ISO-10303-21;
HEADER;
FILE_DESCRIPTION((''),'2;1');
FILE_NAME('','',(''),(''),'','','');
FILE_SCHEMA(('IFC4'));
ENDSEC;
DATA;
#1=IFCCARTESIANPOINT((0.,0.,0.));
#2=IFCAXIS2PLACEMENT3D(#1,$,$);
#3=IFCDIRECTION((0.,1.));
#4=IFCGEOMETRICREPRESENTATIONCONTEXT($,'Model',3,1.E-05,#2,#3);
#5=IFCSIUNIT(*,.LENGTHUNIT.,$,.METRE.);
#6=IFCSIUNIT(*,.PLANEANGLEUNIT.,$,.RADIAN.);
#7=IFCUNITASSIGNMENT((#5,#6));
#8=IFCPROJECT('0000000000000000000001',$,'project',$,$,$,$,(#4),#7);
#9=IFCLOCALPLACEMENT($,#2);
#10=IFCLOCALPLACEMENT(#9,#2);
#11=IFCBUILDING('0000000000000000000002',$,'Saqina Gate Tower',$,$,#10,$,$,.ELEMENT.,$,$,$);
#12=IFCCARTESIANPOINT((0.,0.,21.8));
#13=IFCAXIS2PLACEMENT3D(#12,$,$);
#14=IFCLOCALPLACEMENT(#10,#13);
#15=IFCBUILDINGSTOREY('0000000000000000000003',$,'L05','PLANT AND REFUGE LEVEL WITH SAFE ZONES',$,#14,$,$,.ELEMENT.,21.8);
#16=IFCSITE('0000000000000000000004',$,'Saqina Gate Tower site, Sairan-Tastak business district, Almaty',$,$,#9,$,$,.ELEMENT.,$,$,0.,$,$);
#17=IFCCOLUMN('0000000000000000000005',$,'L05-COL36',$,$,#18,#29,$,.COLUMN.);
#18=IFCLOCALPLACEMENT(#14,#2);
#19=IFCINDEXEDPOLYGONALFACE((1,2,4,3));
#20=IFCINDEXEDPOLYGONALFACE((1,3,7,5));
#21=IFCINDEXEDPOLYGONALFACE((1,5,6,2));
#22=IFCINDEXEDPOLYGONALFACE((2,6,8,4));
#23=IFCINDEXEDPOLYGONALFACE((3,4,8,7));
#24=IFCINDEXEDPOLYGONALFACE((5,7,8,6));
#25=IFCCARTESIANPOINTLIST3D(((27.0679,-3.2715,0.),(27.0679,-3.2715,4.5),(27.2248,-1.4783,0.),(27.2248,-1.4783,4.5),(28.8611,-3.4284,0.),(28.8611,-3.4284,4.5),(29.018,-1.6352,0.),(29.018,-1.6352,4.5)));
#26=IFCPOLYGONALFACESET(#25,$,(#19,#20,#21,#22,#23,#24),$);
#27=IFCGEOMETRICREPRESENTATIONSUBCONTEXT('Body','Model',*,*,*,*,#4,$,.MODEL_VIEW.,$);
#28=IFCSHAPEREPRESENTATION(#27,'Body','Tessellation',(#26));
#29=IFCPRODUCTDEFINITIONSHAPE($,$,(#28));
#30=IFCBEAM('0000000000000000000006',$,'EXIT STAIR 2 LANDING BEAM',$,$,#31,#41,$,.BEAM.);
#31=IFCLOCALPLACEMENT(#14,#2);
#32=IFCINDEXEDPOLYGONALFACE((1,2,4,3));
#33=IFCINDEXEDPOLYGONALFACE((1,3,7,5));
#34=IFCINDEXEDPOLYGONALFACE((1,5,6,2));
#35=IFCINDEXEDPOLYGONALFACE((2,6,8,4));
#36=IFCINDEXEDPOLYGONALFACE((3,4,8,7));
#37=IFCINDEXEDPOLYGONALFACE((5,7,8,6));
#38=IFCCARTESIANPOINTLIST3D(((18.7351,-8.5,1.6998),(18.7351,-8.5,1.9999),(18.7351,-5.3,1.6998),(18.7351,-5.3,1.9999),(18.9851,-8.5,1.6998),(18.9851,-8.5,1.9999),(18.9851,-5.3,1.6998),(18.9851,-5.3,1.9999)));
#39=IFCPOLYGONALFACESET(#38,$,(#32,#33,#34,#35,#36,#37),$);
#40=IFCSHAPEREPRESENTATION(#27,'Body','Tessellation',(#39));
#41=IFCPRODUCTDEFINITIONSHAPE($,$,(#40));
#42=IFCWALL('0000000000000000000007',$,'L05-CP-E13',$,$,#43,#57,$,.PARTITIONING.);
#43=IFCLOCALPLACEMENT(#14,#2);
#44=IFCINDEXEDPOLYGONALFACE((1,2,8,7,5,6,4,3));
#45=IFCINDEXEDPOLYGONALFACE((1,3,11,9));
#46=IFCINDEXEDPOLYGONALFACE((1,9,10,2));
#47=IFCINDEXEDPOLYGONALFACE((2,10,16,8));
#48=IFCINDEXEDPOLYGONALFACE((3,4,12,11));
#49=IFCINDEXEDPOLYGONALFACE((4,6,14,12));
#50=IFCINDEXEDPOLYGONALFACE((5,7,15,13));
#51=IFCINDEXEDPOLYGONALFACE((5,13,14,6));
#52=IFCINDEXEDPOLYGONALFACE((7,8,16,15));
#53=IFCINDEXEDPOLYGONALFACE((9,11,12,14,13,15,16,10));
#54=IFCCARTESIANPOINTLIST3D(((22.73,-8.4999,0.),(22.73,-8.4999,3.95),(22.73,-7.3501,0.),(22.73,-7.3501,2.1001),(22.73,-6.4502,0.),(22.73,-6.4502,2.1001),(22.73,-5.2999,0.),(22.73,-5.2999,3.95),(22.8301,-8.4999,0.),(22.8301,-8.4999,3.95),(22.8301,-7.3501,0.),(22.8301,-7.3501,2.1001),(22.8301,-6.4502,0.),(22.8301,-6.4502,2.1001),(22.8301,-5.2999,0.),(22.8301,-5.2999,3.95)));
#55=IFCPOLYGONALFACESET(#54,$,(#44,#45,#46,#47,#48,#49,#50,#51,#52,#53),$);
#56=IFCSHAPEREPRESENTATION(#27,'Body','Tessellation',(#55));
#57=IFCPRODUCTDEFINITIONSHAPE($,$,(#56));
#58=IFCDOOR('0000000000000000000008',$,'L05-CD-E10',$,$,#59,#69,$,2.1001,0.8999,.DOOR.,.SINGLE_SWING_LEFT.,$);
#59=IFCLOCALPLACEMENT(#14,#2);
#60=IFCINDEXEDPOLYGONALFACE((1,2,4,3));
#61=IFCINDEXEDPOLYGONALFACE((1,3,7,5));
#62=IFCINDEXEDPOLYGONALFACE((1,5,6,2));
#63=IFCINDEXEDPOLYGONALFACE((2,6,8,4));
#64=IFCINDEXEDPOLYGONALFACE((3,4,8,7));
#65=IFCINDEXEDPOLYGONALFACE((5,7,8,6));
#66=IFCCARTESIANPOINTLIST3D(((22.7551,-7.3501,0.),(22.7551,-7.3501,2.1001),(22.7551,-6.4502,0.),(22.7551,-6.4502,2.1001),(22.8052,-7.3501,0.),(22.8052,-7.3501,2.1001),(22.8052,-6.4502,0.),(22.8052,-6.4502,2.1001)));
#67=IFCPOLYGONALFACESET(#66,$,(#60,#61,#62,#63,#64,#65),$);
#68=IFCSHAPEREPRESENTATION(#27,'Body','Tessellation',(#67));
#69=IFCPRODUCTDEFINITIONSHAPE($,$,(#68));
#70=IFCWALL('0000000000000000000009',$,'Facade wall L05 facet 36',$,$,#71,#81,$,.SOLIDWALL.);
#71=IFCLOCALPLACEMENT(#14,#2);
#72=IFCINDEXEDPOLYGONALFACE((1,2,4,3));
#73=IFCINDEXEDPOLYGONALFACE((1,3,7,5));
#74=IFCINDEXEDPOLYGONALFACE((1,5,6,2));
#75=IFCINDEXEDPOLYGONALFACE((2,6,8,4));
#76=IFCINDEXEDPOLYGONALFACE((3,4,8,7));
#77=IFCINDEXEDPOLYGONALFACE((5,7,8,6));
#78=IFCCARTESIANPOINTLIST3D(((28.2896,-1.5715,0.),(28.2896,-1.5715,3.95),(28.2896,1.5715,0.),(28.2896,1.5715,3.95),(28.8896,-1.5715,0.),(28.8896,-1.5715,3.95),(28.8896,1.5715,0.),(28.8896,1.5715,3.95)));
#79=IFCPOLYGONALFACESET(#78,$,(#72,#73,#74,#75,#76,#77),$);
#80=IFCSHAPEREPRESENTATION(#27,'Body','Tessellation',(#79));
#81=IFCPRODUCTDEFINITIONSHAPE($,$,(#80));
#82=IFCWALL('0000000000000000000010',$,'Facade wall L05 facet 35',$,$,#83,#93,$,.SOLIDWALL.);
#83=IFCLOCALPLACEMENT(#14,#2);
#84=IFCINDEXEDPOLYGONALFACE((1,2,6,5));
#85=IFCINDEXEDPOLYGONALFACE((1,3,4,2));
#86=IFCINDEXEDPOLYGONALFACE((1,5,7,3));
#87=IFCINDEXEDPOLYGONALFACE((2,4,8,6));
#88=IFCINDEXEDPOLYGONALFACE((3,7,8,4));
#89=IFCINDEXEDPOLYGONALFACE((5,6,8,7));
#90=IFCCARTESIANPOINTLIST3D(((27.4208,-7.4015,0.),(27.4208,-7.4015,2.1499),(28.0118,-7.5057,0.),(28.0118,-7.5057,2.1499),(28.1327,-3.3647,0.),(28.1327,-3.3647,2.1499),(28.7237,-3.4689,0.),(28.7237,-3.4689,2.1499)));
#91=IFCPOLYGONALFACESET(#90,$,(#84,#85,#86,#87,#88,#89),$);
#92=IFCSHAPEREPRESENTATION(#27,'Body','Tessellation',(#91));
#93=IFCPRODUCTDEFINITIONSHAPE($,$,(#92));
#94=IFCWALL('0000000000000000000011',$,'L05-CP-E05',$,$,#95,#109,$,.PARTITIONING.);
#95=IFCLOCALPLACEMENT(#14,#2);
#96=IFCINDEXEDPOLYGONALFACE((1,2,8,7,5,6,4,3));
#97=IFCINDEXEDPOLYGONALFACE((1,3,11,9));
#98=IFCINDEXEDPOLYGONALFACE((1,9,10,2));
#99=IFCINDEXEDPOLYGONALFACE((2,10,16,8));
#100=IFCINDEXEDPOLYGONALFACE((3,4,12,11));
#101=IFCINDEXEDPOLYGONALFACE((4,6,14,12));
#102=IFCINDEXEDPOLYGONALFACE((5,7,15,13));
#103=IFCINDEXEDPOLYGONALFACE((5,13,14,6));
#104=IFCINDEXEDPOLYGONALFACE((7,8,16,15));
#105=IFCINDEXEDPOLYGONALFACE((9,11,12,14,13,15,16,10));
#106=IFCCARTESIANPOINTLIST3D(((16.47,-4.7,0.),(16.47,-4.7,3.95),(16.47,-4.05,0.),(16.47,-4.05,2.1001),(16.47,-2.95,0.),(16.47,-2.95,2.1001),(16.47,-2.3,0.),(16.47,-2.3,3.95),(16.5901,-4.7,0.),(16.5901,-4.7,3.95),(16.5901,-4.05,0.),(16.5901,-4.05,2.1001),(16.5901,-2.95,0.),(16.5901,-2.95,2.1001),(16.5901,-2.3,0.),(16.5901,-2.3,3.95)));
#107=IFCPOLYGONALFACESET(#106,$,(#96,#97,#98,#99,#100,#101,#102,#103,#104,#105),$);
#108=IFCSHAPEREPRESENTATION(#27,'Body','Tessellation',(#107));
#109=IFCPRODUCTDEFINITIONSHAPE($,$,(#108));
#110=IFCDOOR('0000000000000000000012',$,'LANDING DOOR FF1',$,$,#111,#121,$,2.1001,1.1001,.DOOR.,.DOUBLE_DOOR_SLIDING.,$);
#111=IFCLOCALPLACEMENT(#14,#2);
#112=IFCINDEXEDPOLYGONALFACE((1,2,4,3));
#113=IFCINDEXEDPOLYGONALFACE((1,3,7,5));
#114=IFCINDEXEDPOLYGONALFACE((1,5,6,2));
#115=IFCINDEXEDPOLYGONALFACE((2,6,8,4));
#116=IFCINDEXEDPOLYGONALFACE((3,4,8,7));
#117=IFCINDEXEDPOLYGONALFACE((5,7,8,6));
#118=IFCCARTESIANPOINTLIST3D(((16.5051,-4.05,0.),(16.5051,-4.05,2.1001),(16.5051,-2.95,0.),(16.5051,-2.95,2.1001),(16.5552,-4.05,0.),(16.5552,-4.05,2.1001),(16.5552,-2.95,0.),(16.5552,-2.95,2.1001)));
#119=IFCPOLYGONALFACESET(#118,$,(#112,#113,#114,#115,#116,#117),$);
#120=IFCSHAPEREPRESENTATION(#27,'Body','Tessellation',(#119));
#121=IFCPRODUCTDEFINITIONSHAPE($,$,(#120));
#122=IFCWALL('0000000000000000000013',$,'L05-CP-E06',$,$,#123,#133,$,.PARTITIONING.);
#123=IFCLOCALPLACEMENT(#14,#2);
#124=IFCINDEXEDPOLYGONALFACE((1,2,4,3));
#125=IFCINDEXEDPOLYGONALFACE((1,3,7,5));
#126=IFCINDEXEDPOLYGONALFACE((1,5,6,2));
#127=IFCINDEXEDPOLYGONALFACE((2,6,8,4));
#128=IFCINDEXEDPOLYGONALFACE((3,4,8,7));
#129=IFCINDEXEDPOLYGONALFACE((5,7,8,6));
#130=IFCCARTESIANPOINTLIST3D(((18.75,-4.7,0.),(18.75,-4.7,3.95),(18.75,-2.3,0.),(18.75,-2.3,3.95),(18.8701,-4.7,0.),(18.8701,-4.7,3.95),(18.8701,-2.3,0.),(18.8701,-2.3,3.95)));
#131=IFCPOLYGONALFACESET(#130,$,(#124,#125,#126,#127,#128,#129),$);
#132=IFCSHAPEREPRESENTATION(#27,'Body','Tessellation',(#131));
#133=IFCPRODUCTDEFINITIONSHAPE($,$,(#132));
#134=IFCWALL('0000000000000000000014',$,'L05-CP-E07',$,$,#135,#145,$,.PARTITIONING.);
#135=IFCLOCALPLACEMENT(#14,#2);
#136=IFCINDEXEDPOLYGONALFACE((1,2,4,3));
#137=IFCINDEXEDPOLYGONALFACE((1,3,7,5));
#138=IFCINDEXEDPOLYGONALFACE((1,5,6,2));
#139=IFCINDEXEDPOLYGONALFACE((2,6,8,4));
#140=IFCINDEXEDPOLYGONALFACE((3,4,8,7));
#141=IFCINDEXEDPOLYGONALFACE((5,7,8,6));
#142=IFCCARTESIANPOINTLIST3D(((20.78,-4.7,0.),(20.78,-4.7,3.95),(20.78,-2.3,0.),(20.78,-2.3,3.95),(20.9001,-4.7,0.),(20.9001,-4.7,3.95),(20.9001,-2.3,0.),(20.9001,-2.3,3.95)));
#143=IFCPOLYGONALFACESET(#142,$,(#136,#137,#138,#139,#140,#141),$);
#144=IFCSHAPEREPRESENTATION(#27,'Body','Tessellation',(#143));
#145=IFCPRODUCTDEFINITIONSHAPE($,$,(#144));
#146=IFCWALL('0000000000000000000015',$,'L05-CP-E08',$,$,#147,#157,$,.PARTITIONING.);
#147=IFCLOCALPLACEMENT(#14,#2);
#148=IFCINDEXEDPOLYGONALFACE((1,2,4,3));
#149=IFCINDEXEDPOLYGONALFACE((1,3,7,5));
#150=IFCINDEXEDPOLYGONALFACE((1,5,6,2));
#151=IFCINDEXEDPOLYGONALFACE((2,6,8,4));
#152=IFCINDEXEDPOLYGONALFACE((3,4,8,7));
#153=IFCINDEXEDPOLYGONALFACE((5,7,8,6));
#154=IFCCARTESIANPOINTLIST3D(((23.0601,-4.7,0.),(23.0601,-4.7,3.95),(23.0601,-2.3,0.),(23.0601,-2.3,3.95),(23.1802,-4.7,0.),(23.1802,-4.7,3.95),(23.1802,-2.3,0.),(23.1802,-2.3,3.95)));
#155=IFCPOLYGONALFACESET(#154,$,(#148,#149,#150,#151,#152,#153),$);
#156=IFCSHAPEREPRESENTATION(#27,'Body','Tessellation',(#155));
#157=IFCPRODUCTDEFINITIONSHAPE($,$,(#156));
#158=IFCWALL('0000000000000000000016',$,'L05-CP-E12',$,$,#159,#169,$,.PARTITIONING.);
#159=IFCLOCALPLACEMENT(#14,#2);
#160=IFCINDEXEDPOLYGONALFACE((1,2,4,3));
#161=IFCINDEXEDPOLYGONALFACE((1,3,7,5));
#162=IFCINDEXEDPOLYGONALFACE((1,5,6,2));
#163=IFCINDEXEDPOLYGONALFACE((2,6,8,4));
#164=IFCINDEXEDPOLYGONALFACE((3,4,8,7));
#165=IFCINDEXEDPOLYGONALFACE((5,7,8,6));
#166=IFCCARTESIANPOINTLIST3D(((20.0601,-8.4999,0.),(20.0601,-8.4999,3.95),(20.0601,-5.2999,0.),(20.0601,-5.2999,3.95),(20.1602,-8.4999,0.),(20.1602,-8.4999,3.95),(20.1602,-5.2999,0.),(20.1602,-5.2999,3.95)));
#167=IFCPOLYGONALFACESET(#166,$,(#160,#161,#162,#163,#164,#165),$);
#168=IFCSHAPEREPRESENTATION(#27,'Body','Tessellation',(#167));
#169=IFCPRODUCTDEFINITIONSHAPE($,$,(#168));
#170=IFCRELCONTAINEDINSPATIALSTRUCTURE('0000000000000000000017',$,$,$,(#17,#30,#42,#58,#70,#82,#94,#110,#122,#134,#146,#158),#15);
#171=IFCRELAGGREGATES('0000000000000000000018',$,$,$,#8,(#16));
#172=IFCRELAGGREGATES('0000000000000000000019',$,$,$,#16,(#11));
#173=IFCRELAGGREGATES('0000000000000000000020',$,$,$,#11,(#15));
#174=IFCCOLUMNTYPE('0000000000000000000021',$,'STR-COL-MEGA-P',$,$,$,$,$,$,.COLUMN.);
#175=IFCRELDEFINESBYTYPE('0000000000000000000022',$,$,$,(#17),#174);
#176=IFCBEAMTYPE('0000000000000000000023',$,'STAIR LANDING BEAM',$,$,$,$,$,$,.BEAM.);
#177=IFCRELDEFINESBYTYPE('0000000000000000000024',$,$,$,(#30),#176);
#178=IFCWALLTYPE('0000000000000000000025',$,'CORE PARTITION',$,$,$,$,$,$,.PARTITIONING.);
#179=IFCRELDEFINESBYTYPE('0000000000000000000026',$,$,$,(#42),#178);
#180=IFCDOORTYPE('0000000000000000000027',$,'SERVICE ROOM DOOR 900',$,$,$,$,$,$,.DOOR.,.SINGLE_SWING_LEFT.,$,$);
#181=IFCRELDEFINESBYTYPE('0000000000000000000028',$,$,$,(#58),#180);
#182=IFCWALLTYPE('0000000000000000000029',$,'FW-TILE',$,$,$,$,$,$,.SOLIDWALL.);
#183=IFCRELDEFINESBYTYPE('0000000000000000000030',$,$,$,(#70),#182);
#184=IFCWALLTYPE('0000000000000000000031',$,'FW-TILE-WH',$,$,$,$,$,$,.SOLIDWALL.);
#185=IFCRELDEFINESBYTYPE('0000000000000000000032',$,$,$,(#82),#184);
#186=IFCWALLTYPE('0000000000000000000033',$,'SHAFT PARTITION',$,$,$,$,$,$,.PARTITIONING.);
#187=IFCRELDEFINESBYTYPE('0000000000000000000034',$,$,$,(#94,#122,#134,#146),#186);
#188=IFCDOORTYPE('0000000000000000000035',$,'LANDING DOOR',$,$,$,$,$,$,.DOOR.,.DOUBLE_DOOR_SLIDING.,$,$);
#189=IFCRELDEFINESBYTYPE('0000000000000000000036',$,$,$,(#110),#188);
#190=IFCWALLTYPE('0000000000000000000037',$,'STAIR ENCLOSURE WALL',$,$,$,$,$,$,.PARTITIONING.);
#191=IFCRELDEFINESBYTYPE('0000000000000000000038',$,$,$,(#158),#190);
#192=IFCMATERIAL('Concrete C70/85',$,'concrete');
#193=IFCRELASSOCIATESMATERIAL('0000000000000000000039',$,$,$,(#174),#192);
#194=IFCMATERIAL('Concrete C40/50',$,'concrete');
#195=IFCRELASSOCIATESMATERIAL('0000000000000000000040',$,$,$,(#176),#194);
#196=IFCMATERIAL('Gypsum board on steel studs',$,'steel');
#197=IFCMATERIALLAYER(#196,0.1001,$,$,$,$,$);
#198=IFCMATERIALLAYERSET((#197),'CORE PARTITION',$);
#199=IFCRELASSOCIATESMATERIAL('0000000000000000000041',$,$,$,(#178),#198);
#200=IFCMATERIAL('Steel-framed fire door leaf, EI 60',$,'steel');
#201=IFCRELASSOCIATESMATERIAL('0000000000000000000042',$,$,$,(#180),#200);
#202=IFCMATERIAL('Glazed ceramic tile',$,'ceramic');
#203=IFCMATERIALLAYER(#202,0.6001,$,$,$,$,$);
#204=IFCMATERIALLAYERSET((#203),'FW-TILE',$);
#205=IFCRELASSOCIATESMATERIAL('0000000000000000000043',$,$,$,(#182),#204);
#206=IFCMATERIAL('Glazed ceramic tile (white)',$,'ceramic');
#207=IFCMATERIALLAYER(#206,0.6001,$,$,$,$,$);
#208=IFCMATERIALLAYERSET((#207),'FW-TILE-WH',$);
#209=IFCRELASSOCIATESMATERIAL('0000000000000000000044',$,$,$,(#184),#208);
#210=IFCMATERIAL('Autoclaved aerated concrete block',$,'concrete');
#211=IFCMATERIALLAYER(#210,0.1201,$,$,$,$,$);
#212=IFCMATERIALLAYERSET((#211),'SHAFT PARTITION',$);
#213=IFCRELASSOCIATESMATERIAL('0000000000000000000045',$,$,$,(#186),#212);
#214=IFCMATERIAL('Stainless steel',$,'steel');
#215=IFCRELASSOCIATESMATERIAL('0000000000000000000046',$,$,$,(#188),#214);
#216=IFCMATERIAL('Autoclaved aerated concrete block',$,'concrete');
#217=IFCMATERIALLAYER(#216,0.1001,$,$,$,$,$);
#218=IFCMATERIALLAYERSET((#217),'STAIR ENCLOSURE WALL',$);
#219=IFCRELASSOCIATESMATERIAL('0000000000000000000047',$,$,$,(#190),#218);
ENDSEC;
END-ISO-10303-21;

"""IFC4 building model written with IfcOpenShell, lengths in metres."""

from ifc_helpers import new_model, si_unit, direction, frame, frame_2d, origin, origin_2d, place, context, subcontext, project, spatial, rectangle, extrude, material, layer, layer_set, material_profile, profile_set, type_object, element, fill, save


model = new_model("IFC4")

# Units and contexts
model_context = context("Model", 3, precision=1e-05, world=origin(), true_north=direction((0.0, 1.0)))
body_context = subcontext(model_context, "Body", "Model", "MODEL_VIEW")
ifc_project = project(units=[si_unit("LENGTHUNIT", "METRE"), si_unit("PLANEANGLEUNIT", "RADIAN")], contexts=[model_context])

# Site, building, storey
site_placement = place(None, origin())
site = spatial("IfcSite", under=ifc_project, at=site_placement, Name="Saqina Gate Tower site, Sairan-Tastak business district, Almaty", CompositionType="ELEMENT", RefElevation=0.0)
building_placement = place(site_placement, origin())
building = spatial("IfcBuilding", under=site, at=building_placement, Name="Saqina Gate Tower", CompositionType="ELEMENT")
storey_placement = place(building_placement, frame((0.0, 0.0, 21.8)))
storey = spatial("IfcBuildingStorey", under=building, at=storey_placement, Name="L05", Description="PLANT AND REFUGE LEVEL WITH SAFE ZONES", CompositionType="ELEMENT", Elevation=21.8)

# Column
ifc_material_1 = material(Name="Concrete C70/85", Category="concrete")
ifc_material_profile_1 = material_profile(ifc_material_1, rectangle(XDim=1.8, YDim=1.8, at=origin_2d()), Name="RC 1800x1800")
ifc_profile_set_1 = profile_set([ifc_material_profile_1], Name="Concrete C70/85")
column_type = type_object("IfcColumnType", Name="STR-COL-MEGA-P", PredefinedType="COLUMN", material=ifc_profile_set_1)
column_placement = place(storey_placement, frame((28.043, -2.4534, 0.0), z_axis=(0.0, 0.0, 1.0), x_axis=(0.996195, -0.087156, 0.0)))
element("IfcColumn", 1, at=column_placement, inside=storey, type_object=column_type, Name="L05-COL36", PredefinedType="COLUMN", context=body_context, shape_type="SweptSolid", body=[
    extrude(rectangle(XDim=1.8, YDim=1.8, at=origin_2d()), origin(), (0.0, 0.0, 1.0), 4.5),
])

# Beam
ifc_material_2 = material(Name="Concrete C40/50", Category="concrete")
ifc_material_profile_2 = material_profile(ifc_material_2, rectangle(XDim=0.25, YDim=0.3, at=origin_2d()), Name="STAIR LANDING BEAM")
ifc_profile_set_2 = profile_set([ifc_material_profile_2], Name="Concrete C40/50")
beam_type = type_object("IfcBeamType", Name="STAIR LANDING BEAM", PredefinedType="BEAM", material=ifc_profile_set_2)
beam_placement = place(storey_placement, frame((18.8601, -8.5, 1.8499), z_axis=(0.0, 1.0, 0.0), x_axis=(-1.0, 0.0, 0.0)))
element("IfcBeam", 2, at=beam_placement, inside=storey, type_object=beam_type, Name="EXIT STAIR 2 LANDING BEAM", PredefinedType="BEAM", context=body_context, shape_type="SweptSolid", body=[
    extrude(rectangle(XDim=0.25, YDim=0.3, at=origin_2d()), origin(), (0.0, 0.0, 1.0), 3.2),
])

# Wall, opening, door
ifc_material_3 = material(Name="Gypsum board on steel studs", Category="steel")
ifc_layer_1 = layer(ifc_material_3, 0.1001)
ifc_layer_set_1 = layer_set([ifc_layer_1], Name="CORE PARTITION")
wall_type_1 = type_object("IfcWallType", Name="CORE PARTITION", PredefinedType="PARTITIONING", material=ifc_layer_set_1)
wall_1_placement = place(storey_placement, frame((22.78, -8.5, 0.0), z_axis=(0.0, 0.0, 1.0), x_axis=(0.0, 1.0, 0.0)))
wall_1 = element("IfcWall", 3, at=wall_1_placement, inside=storey, type_object=wall_type_1, Name="L05-CP-E13", PredefinedType="PARTITIONING", context=body_context, shape_type="SweptSolid", body=[
    extrude(rectangle(XDim=3.2, YDim=0.1001, at=frame_2d((1.6001, 0.0))), origin(), (0.0, 0.0, 1.0), 3.95),
])
opening_1_placement = place(wall_1_placement, frame((1.1499, 0.0, 0.0)))
opening_1 = element("IfcOpeningElement", 4, at=opening_1_placement, cuts=wall_1, PredefinedType="OPENING", context=body_context, shape_type="SweptSolid", body=[
    extrude(rectangle(XDim=0.8999, YDim=2.1001, at=frame_2d((0.45, 1.05))), frame((0.0, 0.062, 0.0), z_axis=(0.0, -1.0, 0.0), x_axis=(1.0, 0.0, 0.0)), (0.0, 0.0, 1.0), 0.124),
])
ifc_material_4 = material(Name="Steel-framed fire door leaf, EI 60", Category="steel")
door_type_1 = type_object("IfcDoorType", Name="SERVICE ROOM DOOR 900", OperationType="SINGLE_SWING_LEFT", PredefinedType="DOOR", material=ifc_material_4)
door_1_placement = place(opening_1_placement, origin())
door_1 = element("IfcDoor", 5, at=door_1_placement, inside=storey, type_object=door_type_1, Name="L05-CD-E10", OperationType="SINGLE_SWING_LEFT", OverallHeight=2.1001, OverallWidth=0.8999, PredefinedType="DOOR", context=body_context, shape_type="SweptSolid", body=[
    extrude(rectangle(XDim=0.8999, YDim=2.1001, at=frame_2d((0.45, 1.05))), frame((0.0, 0.0249, 0.0), z_axis=(0.0, -1.0, 0.0), x_axis=(1.0, 0.0, 0.0)), (0.0, 0.0, 1.0), 0.05),
])
fill(opening_1, door_1)

# Walls
ifc_material_5 = material(Name="Glazed ceramic tile", Category="ceramic")
ifc_layer_2 = layer(ifc_material_5, 0.6001)
ifc_layer_set_2 = layer_set([ifc_layer_2], Name="FW-TILE")
wall_type_2 = type_object("IfcWallType", Name="FW-TILE", PredefinedType="SOLIDWALL", material=ifc_layer_set_2)
wall_2_placement = place(storey_placement, frame((28.5896, -1.5715, 0.0), z_axis=(0.0, 0.0, 1.0), x_axis=(0.0, 1.0, 0.0)))
element("IfcWall", 6, at=wall_2_placement, inside=storey, type_object=wall_type_2, Name="Facade wall L05 facet 36", PredefinedType="SOLIDWALL", context=body_context, shape_type="SweptSolid", body=[
    extrude(rectangle(XDim=3.1431, YDim=0.6001, at=frame_2d((1.5715, 0.0))), origin(), (0.0, 0.0, 1.0), 3.95),
])
ifc_material_6 = material(Name="Glazed ceramic tile (white)", Category="ceramic")
ifc_layer_3 = layer(ifc_material_6, 0.6001)
ifc_layer_set_3 = layer_set([ifc_layer_3], Name="FW-TILE-WH")
wall_type_3 = type_object("IfcWallType", Name="FW-TILE-WH", PredefinedType="SOLIDWALL", material=ifc_layer_set_3)
wall_3_placement = place(storey_placement, frame((27.7163, -7.4536, 0.0), z_axis=(0.0, 0.0, 1.0), x_axis=(0.173673, 0.984803, 0.0)))
element("IfcWall", 7, at=wall_3_placement, inside=storey, type_object=wall_type_3, Name="Facade wall L05 facet 35", PredefinedType="SOLIDWALL", context=body_context, shape_type="SweptSolid", body=[
    extrude(rectangle(XDim=4.0991, YDim=0.6001, at=frame_2d((2.0496, 0.0))), origin(), (0.0, 0.0, 1.0), 2.1499),
])

# Wall, opening, door
ifc_material_7 = material(Name="Autoclaved aerated concrete block", Category="concrete")
ifc_layer_4 = layer(ifc_material_7, 0.1201)
ifc_layer_set_4 = layer_set([ifc_layer_4], Name="SHAFT PARTITION")
wall_type_4 = type_object("IfcWallType", Name="SHAFT PARTITION", PredefinedType="PARTITIONING", material=ifc_layer_set_4)
wall_4_placement = place(storey_placement, frame((16.53, -4.7, 0.0), z_axis=(0.0, 0.0, 1.0), x_axis=(0.0, 1.0, 0.0)))
wall_4 = element("IfcWall", 8, at=wall_4_placement, inside=storey, type_object=wall_type_4, Name="L05-CP-E05", PredefinedType="PARTITIONING", context=body_context, shape_type="SweptSolid", body=[
    extrude(rectangle(XDim=2.3999, YDim=0.1201, at=frame_2d((1.2, 0.0))), origin(), (0.0, 0.0, 1.0), 3.95),
])
opening_2_placement = place(wall_4_placement, frame((0.6499, 0.0, 0.0)))
opening_2 = element("IfcOpeningElement", 9, at=opening_2_placement, cuts=wall_4, PredefinedType="OPENING", context=body_context, shape_type="SweptSolid", body=[
    extrude(rectangle(XDim=1.1001, YDim=2.1001, at=frame_2d((0.55, 1.05))), frame((0.0, 0.072, 0.0), z_axis=(0.0, -1.0, 0.0), x_axis=(1.0, 0.0, 0.0)), (0.0, 0.0, 1.0), 0.144),
])
ifc_material_8 = material(Name="Stainless steel", Category="steel")
door_type_2 = type_object("IfcDoorType", Name="LANDING DOOR", OperationType="DOUBLE_DOOR_SLIDING", PredefinedType="DOOR", material=ifc_material_8)
door_2_placement = place(opening_2_placement, origin())
door_2 = element("IfcDoor", 10, at=door_2_placement, inside=storey, type_object=door_type_2, Name="LANDING DOOR FF1", OperationType="DOUBLE_DOOR_SLIDING", OverallHeight=2.1001, OverallWidth=1.1001, PredefinedType="DOOR", context=body_context, shape_type="SweptSolid", body=[
    extrude(rectangle(XDim=1.1001, YDim=2.1001, at=frame_2d((0.55, 1.05))), frame((0.0, 0.0249, 0.0), z_axis=(0.0, -1.0, 0.0), x_axis=(1.0, 0.0, 0.0)), (0.0, 0.0, 1.0), 0.05),
])
fill(opening_2, door_2)

# Walls
for number, where, z_axis, x_axis, name in (
    (11, (18.8101, -4.7, 0.0), (0.0, 0.0, 1.0), (0.0, 1.0, 0.0), "L05-CP-E06"),
    (12, (20.8401, -4.7, 0.0), (0.0, 0.0, 1.0), (0.0, 1.0, 0.0), "L05-CP-E07"),
    (13, (23.1201, -4.7, 0.0), (0.0, 0.0, 1.0), (0.0, 1.0, 0.0), "L05-CP-E08"),
):
    element("IfcWall", number, at=place(storey_placement, frame(where, z_axis=z_axis, x_axis=x_axis)), inside=storey, type_object=wall_type_4, Name=name, PredefinedType="PARTITIONING", context=body_context, shape_type="SweptSolid", body=[
        extrude(rectangle(XDim=2.3999, YDim=0.1201, at=frame_2d((1.2, 0.0))), origin(), (0.0, 0.0, 1.0), 3.95),
    ])
ifc_material_9 = material(Name="Autoclaved aerated concrete block", Category="concrete")
ifc_layer_5 = layer(ifc_material_9, 0.1001)
ifc_layer_set_5 = layer_set([ifc_layer_5], Name="STAIR ENCLOSURE WALL")
wall_type_5 = type_object("IfcWallType", Name="STAIR ENCLOSURE WALL", PredefinedType="PARTITIONING", material=ifc_layer_set_5)
wall_5_placement = place(storey_placement, frame((20.1101, -8.5, 0.0), z_axis=(0.0, 0.0, 1.0), x_axis=(0.0, 1.0, 0.0)))
element("IfcWall", 14, at=wall_5_placement, inside=storey, type_object=wall_type_5, Name="L05-CP-E12", PredefinedType="PARTITIONING", context=body_context, shape_type="SweptSolid", body=[
    extrude(rectangle(XDim=3.2, YDim=0.1001, at=frame_2d((1.6001, 0.0))), origin(), (0.0, 0.0, 1.0), 3.95),
])

save(model, "model.ifc")
